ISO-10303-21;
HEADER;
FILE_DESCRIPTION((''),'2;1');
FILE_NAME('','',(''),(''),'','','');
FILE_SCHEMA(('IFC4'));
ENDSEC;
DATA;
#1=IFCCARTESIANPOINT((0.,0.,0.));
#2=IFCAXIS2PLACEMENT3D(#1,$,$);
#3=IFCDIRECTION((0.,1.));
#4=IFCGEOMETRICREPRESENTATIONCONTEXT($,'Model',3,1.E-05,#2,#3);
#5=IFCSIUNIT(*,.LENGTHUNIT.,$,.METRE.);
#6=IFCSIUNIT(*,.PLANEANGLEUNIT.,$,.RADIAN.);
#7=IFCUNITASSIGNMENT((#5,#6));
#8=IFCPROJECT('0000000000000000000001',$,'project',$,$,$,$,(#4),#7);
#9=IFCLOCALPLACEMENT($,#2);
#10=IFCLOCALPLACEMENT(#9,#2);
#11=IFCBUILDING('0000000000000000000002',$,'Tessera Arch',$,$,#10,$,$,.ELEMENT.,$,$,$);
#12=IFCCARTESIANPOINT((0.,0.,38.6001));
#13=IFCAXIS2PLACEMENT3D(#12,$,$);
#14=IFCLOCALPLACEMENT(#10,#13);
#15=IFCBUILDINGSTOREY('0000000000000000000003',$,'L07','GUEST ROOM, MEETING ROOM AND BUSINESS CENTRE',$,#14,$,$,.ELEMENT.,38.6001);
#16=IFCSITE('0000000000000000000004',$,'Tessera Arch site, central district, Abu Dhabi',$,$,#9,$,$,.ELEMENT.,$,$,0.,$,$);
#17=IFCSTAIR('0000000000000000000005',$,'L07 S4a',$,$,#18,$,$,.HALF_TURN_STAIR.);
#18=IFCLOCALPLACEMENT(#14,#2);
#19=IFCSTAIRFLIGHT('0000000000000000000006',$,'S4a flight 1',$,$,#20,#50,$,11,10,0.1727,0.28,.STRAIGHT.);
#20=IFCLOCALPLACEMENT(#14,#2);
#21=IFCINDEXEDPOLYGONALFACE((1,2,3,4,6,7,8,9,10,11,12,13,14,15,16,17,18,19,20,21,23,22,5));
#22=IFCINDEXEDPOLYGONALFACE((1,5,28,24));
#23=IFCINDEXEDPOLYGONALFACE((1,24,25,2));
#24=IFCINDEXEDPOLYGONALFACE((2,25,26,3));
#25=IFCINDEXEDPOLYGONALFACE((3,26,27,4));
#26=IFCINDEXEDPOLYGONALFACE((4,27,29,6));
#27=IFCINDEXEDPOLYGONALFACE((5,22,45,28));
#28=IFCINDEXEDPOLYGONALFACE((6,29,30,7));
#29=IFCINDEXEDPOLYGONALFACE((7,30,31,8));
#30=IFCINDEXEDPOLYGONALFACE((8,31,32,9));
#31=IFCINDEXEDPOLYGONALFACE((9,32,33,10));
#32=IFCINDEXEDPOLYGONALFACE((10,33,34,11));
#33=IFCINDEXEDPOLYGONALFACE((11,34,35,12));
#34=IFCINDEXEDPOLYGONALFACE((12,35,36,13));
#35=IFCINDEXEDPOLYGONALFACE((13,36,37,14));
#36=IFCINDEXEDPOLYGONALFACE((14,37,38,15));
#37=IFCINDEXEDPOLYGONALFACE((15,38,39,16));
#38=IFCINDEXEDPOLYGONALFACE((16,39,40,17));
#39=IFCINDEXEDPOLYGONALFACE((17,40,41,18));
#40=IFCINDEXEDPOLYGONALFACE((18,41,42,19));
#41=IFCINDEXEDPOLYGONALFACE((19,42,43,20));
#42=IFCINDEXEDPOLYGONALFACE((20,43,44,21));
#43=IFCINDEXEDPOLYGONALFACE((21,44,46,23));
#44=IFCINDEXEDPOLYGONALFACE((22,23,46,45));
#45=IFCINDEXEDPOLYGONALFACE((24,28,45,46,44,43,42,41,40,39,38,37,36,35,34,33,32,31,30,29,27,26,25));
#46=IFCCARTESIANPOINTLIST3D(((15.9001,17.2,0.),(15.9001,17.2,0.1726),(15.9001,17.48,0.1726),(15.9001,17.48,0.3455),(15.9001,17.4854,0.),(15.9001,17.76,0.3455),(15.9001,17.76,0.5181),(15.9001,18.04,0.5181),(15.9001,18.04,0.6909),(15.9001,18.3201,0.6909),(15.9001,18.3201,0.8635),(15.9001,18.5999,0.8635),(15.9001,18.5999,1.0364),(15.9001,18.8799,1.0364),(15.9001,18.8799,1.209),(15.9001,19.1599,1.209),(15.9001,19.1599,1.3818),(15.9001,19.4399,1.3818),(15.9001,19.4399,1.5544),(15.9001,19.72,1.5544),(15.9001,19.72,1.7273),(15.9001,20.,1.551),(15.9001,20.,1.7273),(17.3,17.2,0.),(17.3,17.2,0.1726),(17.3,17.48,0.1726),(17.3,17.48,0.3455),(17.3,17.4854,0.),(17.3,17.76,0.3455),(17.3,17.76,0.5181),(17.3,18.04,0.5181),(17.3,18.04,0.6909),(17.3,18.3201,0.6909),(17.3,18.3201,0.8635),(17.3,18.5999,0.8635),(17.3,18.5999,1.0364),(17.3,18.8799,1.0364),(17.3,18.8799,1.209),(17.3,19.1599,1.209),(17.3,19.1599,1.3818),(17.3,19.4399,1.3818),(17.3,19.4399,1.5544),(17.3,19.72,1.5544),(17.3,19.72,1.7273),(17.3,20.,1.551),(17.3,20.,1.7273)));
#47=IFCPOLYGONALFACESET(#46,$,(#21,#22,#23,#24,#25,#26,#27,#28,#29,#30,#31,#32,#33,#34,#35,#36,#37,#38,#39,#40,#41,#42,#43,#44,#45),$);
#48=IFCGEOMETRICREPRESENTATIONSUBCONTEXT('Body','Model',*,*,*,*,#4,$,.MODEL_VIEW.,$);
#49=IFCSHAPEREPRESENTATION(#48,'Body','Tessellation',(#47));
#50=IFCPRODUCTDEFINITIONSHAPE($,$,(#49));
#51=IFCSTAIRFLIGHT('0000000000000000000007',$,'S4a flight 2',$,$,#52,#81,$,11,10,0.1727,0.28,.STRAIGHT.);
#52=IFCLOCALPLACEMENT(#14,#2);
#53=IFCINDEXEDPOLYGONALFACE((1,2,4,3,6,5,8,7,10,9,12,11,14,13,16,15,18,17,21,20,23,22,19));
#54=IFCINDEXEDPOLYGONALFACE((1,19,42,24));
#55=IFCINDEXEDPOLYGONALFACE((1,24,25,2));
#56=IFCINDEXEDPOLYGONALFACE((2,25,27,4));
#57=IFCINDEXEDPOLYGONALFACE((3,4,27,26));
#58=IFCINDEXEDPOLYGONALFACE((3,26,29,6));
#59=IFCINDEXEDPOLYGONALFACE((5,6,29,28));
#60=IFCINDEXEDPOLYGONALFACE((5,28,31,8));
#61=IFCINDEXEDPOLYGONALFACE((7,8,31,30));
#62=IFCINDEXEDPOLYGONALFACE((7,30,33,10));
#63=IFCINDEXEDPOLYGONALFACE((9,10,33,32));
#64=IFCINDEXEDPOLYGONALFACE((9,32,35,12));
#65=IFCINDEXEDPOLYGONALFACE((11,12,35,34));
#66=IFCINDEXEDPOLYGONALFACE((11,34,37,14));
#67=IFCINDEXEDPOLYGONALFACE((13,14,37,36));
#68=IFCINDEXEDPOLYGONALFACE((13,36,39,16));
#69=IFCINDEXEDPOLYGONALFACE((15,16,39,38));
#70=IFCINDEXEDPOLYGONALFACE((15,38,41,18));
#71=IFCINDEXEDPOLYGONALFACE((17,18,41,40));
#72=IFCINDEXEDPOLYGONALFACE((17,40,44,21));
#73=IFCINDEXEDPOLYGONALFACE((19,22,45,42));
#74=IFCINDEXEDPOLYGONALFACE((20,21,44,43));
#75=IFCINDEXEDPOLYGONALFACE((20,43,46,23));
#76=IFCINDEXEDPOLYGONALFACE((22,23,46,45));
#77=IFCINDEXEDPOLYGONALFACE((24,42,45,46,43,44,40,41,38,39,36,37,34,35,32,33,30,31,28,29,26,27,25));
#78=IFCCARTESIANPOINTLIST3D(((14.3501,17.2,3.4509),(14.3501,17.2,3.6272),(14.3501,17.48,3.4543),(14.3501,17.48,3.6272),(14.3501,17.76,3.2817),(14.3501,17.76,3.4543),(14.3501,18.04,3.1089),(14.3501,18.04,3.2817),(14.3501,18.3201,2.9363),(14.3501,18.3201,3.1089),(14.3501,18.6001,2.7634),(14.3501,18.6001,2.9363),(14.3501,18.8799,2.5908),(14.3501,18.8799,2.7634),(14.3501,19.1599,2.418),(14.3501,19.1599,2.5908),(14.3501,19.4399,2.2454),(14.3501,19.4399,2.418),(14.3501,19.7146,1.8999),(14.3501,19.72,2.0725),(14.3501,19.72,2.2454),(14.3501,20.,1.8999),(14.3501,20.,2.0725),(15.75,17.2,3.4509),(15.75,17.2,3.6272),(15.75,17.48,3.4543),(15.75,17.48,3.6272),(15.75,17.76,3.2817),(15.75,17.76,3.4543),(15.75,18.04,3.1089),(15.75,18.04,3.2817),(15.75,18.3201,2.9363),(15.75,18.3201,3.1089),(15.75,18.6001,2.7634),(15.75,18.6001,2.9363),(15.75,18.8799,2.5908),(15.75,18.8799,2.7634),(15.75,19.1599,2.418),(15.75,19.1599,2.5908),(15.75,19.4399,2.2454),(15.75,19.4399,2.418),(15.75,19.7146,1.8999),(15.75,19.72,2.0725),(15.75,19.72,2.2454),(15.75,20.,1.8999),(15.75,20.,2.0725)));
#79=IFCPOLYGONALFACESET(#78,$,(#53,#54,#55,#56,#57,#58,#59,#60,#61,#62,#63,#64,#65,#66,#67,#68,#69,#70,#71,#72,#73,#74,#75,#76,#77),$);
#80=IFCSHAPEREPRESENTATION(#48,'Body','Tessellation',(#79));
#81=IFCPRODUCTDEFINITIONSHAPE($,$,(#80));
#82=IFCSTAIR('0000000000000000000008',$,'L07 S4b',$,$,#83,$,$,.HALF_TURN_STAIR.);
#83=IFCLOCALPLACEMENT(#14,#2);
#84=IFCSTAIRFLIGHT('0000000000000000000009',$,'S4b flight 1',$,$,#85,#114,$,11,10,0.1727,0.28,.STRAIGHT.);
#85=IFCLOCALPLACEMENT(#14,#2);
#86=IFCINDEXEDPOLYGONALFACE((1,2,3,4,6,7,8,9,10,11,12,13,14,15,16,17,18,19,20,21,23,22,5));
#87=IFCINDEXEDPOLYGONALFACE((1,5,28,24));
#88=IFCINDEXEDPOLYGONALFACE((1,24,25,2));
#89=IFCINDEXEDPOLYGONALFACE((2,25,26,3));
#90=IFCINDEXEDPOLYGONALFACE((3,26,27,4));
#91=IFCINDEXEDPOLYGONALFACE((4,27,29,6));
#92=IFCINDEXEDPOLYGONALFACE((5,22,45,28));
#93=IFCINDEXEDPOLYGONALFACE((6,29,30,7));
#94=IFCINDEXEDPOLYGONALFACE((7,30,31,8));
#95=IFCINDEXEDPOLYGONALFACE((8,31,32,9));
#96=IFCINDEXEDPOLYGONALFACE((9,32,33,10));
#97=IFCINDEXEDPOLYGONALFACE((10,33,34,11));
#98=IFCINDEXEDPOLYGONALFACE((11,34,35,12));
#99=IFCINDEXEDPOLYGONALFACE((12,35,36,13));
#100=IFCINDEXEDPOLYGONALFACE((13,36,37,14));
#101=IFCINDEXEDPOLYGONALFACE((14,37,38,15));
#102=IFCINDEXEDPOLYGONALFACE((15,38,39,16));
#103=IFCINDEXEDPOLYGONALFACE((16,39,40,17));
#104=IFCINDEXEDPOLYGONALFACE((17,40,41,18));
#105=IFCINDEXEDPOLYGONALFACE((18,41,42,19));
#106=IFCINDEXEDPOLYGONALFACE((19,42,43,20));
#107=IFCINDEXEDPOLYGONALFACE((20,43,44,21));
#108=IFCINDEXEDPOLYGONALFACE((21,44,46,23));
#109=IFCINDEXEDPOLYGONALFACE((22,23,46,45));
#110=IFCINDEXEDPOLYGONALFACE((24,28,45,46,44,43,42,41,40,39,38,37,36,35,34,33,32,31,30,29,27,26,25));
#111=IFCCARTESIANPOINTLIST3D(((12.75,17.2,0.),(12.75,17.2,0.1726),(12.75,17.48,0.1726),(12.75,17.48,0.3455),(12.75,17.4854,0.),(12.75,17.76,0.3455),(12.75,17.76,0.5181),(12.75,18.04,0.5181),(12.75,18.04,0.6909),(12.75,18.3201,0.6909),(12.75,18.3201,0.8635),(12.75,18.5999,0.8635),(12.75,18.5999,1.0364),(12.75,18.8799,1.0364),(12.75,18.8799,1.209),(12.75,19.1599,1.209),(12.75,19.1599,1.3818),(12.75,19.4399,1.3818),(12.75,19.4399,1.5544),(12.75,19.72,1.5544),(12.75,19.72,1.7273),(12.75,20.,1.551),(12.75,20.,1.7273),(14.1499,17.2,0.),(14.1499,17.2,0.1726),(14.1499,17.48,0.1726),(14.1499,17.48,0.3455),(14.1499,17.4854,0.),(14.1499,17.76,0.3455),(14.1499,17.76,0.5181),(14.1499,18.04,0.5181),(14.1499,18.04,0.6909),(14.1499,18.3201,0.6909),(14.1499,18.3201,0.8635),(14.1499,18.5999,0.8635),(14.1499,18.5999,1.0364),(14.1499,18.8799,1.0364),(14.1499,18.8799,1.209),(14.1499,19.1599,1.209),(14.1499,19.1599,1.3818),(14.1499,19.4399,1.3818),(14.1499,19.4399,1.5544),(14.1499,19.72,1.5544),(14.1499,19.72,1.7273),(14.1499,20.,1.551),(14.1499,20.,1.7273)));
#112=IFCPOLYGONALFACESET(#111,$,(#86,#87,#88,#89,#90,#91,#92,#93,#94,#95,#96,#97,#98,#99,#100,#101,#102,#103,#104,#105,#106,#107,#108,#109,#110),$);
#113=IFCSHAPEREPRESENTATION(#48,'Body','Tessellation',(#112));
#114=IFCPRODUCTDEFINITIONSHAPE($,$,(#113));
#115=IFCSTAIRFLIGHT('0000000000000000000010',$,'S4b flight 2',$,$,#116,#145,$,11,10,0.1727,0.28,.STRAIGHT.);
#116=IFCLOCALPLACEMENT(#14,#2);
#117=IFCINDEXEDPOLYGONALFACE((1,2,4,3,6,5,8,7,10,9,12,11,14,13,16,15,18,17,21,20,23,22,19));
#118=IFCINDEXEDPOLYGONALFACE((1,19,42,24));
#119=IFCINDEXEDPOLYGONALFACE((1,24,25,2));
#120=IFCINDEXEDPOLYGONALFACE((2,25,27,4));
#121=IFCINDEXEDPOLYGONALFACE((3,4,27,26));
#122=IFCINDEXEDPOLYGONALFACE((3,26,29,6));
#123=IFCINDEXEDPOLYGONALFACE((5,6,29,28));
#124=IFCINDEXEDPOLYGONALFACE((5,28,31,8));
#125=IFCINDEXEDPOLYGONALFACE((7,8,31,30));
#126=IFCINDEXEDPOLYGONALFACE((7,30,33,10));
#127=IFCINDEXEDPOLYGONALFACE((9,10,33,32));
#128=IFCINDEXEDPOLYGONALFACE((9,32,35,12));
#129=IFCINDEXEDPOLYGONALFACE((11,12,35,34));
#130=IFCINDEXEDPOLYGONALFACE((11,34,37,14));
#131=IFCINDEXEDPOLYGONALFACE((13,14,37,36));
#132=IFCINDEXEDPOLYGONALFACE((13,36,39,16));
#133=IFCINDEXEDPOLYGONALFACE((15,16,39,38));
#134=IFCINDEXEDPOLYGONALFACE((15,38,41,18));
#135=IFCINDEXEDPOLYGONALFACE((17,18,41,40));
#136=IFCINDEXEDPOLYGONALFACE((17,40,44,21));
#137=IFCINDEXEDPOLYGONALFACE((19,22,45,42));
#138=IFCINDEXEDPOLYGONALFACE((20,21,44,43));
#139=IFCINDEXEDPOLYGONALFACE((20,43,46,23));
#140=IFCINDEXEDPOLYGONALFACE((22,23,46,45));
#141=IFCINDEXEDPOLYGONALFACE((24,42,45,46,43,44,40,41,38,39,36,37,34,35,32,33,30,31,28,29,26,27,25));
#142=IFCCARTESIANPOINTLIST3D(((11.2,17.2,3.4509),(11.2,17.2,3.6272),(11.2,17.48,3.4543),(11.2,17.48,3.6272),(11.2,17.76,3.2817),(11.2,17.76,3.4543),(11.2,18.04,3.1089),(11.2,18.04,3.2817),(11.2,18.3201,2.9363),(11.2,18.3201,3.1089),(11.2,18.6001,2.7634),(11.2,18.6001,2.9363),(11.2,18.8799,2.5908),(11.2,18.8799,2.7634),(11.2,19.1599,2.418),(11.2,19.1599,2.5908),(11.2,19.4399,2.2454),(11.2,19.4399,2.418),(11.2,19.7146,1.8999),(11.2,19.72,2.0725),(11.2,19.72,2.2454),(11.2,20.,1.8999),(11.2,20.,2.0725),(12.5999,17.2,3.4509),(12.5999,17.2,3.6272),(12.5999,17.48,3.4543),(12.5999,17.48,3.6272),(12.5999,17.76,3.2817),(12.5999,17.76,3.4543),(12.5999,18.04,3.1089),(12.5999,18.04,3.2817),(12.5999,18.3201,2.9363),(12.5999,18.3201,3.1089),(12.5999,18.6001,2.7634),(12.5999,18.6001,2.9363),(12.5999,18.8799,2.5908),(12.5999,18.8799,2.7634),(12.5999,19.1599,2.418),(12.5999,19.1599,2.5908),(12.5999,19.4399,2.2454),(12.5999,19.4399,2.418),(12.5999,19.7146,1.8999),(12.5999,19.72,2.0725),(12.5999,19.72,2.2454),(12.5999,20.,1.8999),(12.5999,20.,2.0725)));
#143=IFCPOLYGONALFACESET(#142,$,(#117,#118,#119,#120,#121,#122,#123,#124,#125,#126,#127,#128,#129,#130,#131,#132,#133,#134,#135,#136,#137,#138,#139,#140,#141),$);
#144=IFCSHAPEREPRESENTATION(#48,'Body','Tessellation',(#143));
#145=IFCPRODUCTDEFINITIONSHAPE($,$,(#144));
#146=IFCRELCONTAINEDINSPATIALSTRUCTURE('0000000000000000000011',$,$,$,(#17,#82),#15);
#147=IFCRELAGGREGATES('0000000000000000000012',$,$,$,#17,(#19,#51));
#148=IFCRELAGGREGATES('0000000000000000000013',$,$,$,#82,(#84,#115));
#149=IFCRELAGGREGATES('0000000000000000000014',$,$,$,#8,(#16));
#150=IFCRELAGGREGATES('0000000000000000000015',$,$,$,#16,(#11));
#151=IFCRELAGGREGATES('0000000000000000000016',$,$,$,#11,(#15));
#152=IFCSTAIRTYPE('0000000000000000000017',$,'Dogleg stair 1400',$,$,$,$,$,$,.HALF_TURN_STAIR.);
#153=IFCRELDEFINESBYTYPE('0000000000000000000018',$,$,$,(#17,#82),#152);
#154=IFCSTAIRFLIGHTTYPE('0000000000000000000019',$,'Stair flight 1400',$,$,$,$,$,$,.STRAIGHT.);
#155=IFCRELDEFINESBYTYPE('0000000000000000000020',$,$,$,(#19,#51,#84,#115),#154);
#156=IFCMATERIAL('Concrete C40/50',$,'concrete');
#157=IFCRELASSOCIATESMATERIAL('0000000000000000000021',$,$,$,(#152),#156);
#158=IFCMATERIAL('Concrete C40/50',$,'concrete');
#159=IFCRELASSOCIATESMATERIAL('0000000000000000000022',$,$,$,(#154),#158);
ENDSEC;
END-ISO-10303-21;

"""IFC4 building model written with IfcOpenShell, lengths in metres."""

from ifc_helpers import new_model, si_unit, direction, frame, origin, place, context, subcontext, project, spatial, polyline, outline, extrude, material, type_object, element, aggregate, save


model = new_model("IFC4")

# Units and contexts
model_context = context("Model", 3, precision=1e-05, world=origin(), true_north=direction((0.0, 1.0)))
body_context = subcontext(model_context, "Body", "Model", "MODEL_VIEW")
ifc_project = project(units=[si_unit("LENGTHUNIT", "METRE"), si_unit("PLANEANGLEUNIT", "RADIAN")], contexts=[model_context])

# Site, building, storey
site_placement = place(None, origin())
site = spatial("IfcSite", under=ifc_project, at=site_placement, Name="Tessera Arch site, central district, Abu Dhabi", CompositionType="ELEMENT", RefElevation=0.0)
building_placement = place(site_placement, origin())
building = spatial("IfcBuilding", under=site, at=building_placement, Name="Tessera Arch", CompositionType="ELEMENT")
storey_placement = place(building_placement, frame((0.0, 0.0, 38.6001)))
storey = spatial("IfcBuildingStorey", under=building, at=storey_placement, Name="L07", Description="GUEST ROOM, MEETING ROOM AND BUSINESS CENTRE", CompositionType="ELEMENT", Elevation=38.6001)

# Stairs, stair flights
ifc_material_1 = material(Name="Concrete C40/50", Category="concrete")
stair_type = type_object("IfcStairType", Name="Dogleg stair 1400", PredefinedType="HALF_TURN_STAIR", material=ifc_material_1)
stair_1_placement = place(storey_placement, origin())
stair_1 = element("IfcStair", 1, at=stair_1_placement, inside=storey, type_object=stair_type, Name="L07 S4a", PredefinedType="HALF_TURN_STAIR")
ifc_material_2 = material(Name="Concrete C40/50", Category="concrete")
stair_flight_type = type_object("IfcStairFlightType", Name="Stair flight 1400", PredefinedType="STRAIGHT", material=ifc_material_2)
stair_flight_1_placement = place(storey_placement, frame((16.6001, 17.2, 0.0), z_axis=(0.0, 0.0, 1.0), x_axis=(0.0, 1.0, 0.0)))
stair_flight_1 = element("IfcStairFlight", 2, at=stair_flight_1_placement, type_object=stair_flight_type, Name="S4a flight 1", NumberOfRisers=11, NumberOfTreads=10, PredefinedType="STRAIGHT", RiserHeight=0.1727, TreadLength=0.28, context=body_context, shape_type="SweptSolid", body=[
    extrude(outline(polyline([(0.0, 0.0), (0.0, 0.1726), (0.28, 0.1726), (0.28, 0.3455), (0.5601, 0.3455), (0.5601, 0.5181), (0.8401, 0.5181), (0.8401, 0.6909), (1.1201, 0.6909), (1.1201, 0.8635), (1.3999, 0.8635), (1.3999, 1.0364), (1.6799, 1.0364), (1.6799, 1.209), (1.96, 1.209), (1.96, 1.3818), (2.24, 1.3818), (2.24, 1.5544), (2.52, 1.5544), (2.52, 1.7273), (2.8, 1.7273), (2.8, 1.8999), (2.8, 1.551), (0.2854, 0.0), (0.0, 0.0)])), frame((0.0, 0.7, 0.0), z_axis=(0.0, -1.0, 0.0), x_axis=(1.0, 0.0, 0.0)), (0.0, 0.0, 1.0), 1.3999),
])
stair_flight_2_placement = place(storey_placement, frame((15.05, 20.0, 1.8999), z_axis=(0.0, 0.0, 1.0), x_axis=(0.0, -1.0, 0.0)))
stair_flight_2 = element("IfcStairFlight", 3, at=stair_flight_2_placement, type_object=stair_flight_type, Name="S4a flight 2", NumberOfRisers=11, NumberOfTreads=10, PredefinedType="STRAIGHT", RiserHeight=0.1727, TreadLength=0.28, context=body_context, shape_type="SweptSolid", body=[
    extrude(outline(polyline([(0.0, 0.0), (0.0, 0.1726), (0.28, 0.1726), (0.28, 0.3455), (0.5601, 0.3455), (0.5601, 0.5181), (0.8401, 0.5181), (0.8401, 0.6909), (1.1201, 0.6909), (1.1201, 0.8635), (1.3999, 0.8635), (1.3999, 1.0364), (1.6799, 1.0364), (1.6799, 1.209), (1.96, 1.209), (1.96, 1.3818), (2.24, 1.3818), (2.24, 1.5544), (2.52, 1.5544), (2.52, 1.7273), (2.8, 1.7273), (2.8, 1.8999), (2.8, 1.551), (0.2854, 0.0), (0.0, 0.0)])), frame((0.0, 0.7, 0.0), z_axis=(0.0, -1.0, 0.0), x_axis=(1.0, 0.0, 0.0)), (0.0, 0.0, 1.0), 1.3999),
])
aggregate(stair_1, [stair_flight_1, stair_flight_2])
stair_2_placement = place(storey_placement, origin())
stair_2 = element("IfcStair", 4, at=stair_2_placement, inside=storey, type_object=stair_type, Name="L07 S4b", PredefinedType="HALF_TURN_STAIR")
stair_flight_3_placement = place(storey_placement, frame((13.45, 17.2, 0.0), z_axis=(0.0, 0.0, 1.0), x_axis=(0.0, 1.0, 0.0)))
stair_flight_3 = element("IfcStairFlight", 5, at=stair_flight_3_placement, type_object=stair_flight_type, Name="S4b flight 1", NumberOfRisers=11, NumberOfTreads=10, PredefinedType="STRAIGHT", RiserHeight=0.1727, TreadLength=0.28, context=body_context, shape_type="SweptSolid", body=[
    extrude(outline(polyline([(0.0, 0.0), (0.0, 0.1726), (0.28, 0.1726), (0.28, 0.3455), (0.5601, 0.3455), (0.5601, 0.5181), (0.8401, 0.5181), (0.8401, 0.6909), (1.1201, 0.6909), (1.1201, 0.8635), (1.3999, 0.8635), (1.3999, 1.0364), (1.6799, 1.0364), (1.6799, 1.209), (1.96, 1.209), (1.96, 1.3818), (2.24, 1.3818), (2.24, 1.5544), (2.52, 1.5544), (2.52, 1.7273), (2.8, 1.7273), (2.8, 1.8999), (2.8, 1.551), (0.2854, 0.0), (0.0, 0.0)])), frame((0.0, 0.7, 0.0), z_axis=(0.0, -1.0, 0.0), x_axis=(1.0, 0.0, 0.0)), (0.0, 0.0, 1.0), 1.3999),
])
stair_flight_4_placement = place(storey_placement, frame((11.8999, 20.0, 1.8999), z_axis=(0.0, 0.0, 1.0), x_axis=(0.0, -1.0, 0.0)))
stair_flight_4 = element("IfcStairFlight", 6, at=stair_flight_4_placement, type_object=stair_flight_type, Name="S4b flight 2", NumberOfRisers=11, NumberOfTreads=10, PredefinedType="STRAIGHT", RiserHeight=0.1727, TreadLength=0.28, context=body_context, shape_type="SweptSolid", body=[
    extrude(outline(polyline([(0.0, 0.0), (0.0, 0.1726), (0.28, 0.1726), (0.28, 0.3455), (0.5601, 0.3455), (0.5601, 0.5181), (0.8401, 0.5181), (0.8401, 0.6909), (1.1201, 0.6909), (1.1201, 0.8635), (1.3999, 0.8635), (1.3999, 1.0364), (1.6799, 1.0364), (1.6799, 1.209), (1.96, 1.209), (1.96, 1.3818), (2.24, 1.3818), (2.24, 1.5544), (2.52, 1.5544), (2.52, 1.7273), (2.8, 1.7273), (2.8, 1.8999), (2.8, 1.551), (0.2854, 0.0), (0.0, 0.0)])), frame((0.0, 0.7, 0.0), z_axis=(0.0, -1.0, 0.0), x_axis=(1.0, 0.0, 0.0)), (0.0, 0.0, 1.0), 1.3999),
])
aggregate(stair_2, [stair_flight_3, stair_flight_4])

save(model, "model.ifc")
